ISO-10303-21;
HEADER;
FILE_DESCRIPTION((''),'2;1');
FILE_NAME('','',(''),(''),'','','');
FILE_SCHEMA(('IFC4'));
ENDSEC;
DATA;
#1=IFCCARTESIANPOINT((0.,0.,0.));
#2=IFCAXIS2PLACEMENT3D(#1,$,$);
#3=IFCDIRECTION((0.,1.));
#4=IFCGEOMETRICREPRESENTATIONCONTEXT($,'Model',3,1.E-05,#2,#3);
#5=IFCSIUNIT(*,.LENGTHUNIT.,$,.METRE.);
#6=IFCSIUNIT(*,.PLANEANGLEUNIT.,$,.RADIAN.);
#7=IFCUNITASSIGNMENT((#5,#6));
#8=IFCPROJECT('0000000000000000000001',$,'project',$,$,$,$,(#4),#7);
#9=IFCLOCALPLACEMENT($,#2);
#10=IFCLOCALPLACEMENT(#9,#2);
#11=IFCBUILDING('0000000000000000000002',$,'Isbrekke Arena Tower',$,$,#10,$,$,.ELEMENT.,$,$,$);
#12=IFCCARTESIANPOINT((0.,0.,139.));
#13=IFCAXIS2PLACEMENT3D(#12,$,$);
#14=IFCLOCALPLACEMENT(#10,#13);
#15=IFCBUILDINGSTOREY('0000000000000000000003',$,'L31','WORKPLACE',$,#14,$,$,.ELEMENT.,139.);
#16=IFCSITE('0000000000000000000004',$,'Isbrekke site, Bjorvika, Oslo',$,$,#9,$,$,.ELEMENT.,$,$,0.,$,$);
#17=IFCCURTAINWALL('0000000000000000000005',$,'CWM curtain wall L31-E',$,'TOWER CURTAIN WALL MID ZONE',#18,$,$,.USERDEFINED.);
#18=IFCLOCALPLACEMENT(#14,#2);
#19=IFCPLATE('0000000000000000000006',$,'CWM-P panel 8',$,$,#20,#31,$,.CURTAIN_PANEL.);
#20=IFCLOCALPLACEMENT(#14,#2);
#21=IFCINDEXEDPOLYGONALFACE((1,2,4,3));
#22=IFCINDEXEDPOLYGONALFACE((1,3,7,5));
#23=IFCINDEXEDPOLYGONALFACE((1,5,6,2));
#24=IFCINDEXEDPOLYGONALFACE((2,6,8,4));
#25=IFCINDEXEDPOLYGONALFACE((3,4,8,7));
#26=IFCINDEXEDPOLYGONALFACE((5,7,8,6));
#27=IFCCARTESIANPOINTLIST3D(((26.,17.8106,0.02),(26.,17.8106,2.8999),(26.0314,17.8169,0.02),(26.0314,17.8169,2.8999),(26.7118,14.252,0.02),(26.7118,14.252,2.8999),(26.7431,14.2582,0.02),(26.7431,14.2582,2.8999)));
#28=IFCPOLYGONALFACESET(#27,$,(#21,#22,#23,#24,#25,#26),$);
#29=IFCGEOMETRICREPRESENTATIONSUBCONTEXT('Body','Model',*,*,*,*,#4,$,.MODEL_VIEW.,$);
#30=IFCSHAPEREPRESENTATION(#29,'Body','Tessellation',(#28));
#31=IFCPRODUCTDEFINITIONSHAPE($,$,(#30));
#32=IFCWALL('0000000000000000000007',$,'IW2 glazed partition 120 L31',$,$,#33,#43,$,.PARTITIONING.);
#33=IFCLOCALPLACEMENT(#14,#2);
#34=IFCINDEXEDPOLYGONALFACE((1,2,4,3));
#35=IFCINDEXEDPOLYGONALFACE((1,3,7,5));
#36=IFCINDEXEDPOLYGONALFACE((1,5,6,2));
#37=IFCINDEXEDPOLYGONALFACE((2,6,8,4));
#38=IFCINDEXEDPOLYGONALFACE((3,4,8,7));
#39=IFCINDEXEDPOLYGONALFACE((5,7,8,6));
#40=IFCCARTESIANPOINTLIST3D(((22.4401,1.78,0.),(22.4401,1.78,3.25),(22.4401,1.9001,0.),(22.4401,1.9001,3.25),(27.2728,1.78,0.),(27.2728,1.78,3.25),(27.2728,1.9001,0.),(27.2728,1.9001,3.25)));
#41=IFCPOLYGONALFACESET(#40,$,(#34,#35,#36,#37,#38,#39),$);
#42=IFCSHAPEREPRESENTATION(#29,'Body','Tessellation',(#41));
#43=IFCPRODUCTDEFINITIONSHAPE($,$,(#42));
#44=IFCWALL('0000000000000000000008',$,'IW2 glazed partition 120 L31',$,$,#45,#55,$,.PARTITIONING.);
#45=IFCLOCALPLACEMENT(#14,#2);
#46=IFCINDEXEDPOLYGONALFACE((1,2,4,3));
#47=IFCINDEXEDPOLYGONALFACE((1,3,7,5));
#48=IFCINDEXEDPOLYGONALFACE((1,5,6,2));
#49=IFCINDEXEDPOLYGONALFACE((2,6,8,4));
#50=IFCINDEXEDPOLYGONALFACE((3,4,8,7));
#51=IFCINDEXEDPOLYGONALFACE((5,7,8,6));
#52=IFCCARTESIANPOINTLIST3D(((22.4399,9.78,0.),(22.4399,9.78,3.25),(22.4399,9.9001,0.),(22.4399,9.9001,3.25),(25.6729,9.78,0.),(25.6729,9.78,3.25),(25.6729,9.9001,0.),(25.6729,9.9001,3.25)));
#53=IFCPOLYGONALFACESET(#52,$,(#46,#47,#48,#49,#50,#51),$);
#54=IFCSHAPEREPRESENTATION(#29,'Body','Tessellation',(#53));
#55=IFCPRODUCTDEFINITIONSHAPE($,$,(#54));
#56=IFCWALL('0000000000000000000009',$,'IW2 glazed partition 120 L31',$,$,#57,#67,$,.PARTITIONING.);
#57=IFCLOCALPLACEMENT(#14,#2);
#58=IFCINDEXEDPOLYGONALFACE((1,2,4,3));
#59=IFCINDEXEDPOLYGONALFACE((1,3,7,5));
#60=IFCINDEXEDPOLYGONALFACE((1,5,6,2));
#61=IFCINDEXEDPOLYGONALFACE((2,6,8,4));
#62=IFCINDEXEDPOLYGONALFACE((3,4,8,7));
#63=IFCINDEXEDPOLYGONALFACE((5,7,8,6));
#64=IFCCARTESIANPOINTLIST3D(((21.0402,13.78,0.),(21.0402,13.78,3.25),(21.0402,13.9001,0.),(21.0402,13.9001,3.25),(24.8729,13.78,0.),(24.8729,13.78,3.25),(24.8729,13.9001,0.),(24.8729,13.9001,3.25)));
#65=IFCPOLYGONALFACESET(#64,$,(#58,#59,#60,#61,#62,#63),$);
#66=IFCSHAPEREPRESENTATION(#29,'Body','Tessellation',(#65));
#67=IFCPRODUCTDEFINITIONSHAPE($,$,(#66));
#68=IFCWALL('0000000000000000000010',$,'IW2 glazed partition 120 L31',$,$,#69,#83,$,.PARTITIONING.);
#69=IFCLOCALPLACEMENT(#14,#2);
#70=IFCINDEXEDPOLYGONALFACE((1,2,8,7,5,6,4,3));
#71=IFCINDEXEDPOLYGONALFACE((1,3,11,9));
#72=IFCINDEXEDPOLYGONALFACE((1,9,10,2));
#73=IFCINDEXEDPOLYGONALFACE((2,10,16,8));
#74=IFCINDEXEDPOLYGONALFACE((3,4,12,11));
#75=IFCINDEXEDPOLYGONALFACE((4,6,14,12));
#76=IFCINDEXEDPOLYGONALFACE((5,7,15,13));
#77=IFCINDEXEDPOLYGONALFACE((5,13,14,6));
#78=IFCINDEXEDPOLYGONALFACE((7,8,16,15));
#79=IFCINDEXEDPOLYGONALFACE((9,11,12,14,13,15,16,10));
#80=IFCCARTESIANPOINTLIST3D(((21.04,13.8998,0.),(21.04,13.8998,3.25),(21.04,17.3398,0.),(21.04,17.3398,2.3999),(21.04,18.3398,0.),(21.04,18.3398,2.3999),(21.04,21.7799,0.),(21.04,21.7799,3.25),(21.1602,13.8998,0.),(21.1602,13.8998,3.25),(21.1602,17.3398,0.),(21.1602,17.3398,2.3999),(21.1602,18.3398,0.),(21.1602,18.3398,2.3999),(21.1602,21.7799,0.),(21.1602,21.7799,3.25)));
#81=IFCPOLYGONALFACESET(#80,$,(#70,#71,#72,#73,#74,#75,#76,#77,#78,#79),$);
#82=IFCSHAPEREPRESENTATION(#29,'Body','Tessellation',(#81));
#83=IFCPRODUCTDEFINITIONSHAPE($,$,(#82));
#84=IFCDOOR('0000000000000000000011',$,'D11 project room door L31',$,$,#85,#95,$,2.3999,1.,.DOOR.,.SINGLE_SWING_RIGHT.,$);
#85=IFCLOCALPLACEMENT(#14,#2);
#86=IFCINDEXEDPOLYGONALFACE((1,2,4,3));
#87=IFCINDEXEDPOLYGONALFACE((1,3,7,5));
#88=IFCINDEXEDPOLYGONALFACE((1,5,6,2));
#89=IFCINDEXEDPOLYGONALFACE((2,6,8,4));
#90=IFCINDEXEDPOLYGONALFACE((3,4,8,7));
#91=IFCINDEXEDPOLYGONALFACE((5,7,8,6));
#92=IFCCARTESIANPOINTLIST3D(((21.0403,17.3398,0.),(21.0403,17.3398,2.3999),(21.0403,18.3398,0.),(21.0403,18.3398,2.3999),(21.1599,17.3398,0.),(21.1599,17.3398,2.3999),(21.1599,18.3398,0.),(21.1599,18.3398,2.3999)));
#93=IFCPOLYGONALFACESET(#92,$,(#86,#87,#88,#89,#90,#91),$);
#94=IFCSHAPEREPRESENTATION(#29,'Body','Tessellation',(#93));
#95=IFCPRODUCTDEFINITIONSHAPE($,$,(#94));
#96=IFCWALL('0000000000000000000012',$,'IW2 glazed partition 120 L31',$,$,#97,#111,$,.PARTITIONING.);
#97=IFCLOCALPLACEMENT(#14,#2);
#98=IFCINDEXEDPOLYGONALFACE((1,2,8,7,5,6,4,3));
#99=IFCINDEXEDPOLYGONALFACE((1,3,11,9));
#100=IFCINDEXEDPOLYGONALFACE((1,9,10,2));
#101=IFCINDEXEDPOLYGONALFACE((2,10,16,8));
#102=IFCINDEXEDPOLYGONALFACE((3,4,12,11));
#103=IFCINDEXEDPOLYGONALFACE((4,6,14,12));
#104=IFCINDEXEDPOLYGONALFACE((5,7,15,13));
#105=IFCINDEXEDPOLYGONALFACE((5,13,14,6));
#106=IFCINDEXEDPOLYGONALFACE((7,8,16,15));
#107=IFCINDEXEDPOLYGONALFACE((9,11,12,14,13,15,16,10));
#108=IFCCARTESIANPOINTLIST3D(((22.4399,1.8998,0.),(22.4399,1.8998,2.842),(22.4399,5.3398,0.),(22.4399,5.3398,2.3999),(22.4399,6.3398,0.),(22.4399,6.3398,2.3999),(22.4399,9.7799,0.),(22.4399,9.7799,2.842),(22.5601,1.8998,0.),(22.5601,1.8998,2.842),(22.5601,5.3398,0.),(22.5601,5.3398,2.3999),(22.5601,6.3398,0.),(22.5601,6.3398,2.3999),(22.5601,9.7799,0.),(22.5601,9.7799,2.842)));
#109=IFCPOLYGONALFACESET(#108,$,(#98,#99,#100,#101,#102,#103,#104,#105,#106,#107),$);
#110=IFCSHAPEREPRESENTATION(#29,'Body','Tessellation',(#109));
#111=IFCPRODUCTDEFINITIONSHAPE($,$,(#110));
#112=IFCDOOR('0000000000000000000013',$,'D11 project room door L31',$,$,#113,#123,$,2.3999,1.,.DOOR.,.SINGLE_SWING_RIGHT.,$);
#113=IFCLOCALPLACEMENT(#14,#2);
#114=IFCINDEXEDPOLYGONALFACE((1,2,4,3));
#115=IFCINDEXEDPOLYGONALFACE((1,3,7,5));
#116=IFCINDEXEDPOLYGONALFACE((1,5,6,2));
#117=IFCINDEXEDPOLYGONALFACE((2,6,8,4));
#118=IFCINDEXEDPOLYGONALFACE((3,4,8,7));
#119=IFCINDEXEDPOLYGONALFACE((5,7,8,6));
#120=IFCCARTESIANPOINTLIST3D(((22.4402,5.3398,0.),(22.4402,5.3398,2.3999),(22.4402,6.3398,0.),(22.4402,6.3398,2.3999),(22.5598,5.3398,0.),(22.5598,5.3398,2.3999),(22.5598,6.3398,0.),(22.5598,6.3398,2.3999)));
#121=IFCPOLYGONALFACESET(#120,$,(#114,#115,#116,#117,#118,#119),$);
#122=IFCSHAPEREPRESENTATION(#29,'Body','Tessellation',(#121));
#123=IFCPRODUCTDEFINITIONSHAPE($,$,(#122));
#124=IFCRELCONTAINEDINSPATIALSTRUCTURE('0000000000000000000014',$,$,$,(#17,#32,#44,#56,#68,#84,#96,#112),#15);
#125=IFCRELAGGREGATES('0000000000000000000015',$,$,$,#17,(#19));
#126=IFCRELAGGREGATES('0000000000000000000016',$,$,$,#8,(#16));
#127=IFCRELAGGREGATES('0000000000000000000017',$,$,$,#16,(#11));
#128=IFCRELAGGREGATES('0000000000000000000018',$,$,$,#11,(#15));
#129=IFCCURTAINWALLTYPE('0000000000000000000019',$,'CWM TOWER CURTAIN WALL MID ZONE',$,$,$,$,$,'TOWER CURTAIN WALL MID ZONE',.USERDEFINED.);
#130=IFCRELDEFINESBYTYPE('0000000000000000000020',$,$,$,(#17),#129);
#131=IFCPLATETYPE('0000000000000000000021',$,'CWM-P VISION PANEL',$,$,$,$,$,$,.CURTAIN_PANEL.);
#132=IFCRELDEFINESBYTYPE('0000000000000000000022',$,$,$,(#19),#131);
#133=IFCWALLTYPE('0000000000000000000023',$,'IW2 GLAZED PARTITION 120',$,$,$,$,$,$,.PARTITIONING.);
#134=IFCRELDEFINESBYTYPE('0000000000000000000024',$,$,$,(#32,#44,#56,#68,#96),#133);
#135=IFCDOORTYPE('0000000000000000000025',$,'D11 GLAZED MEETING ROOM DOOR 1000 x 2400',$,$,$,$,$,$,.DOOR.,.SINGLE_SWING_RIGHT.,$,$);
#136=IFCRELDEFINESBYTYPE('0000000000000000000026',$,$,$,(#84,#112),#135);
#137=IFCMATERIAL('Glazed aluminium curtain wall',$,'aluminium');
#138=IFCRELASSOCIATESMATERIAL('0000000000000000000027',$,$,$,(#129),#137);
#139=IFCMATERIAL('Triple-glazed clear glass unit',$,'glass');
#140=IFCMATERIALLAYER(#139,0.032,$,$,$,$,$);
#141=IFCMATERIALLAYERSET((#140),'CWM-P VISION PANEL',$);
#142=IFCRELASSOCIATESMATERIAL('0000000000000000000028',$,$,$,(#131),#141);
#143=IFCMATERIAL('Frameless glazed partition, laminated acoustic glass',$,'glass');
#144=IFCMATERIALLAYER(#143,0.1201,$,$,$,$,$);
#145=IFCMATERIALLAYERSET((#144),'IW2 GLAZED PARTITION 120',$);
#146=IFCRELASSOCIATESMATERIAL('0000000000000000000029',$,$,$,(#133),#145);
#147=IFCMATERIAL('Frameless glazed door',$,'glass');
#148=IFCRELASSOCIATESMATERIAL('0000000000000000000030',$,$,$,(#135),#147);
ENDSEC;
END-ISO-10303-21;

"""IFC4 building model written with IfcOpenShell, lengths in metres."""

from ifc_helpers import new_model, si_unit, direction, frame, frame_2d, origin, origin_2d, place, context, subcontext, project, spatial, rectangle, extrude, material, layer, layer_set, type_object, element, fill, aggregate, save


model = new_model("IFC4")

# Units and contexts
model_context = context("Model", 3, precision=1e-05, world=origin(), true_north=direction((0.0, 1.0)))
body_context = subcontext(model_context, "Body", "Model", "MODEL_VIEW")
ifc_project = project(units=[si_unit("LENGTHUNIT", "METRE"), si_unit("PLANEANGLEUNIT", "RADIAN")], contexts=[model_context])

# Site, building, storey
site_placement = place(None, origin())
site = spatial("IfcSite", under=ifc_project, at=site_placement, Name="Isbrekke site, Bjorvika, Oslo", CompositionType="ELEMENT", RefElevation=0.0)
building_placement = place(site_placement, origin())
building = spatial("IfcBuilding", under=site, at=building_placement, Name="Isbrekke Arena Tower", CompositionType="ELEMENT")
storey_placement = place(building_placement, frame((0.0, 0.0, 139.0)))
storey = spatial("IfcBuildingStorey", under=building, at=storey_placement, Name="L31", Description="WORKPLACE", CompositionType="ELEMENT", Elevation=139.0)

# Curtain wall
ifc_material_1 = material(Name="Glazed aluminium curtain wall", Category="aluminium")
curtain_wall_type = type_object("IfcCurtainWallType", Name="CWM TOWER CURTAIN WALL MID ZONE", ElementType="TOWER CURTAIN WALL MID ZONE", PredefinedType="USERDEFINED", material=ifc_material_1)
curtain_wall_placement = place(storey_placement, origin())
curtain_wall = element("IfcCurtainWall", 1, at=curtain_wall_placement, inside=storey, type_object=curtain_wall_type, Name="CWM curtain wall L31-E", ObjectType="TOWER CURTAIN WALL MID ZONE", PredefinedType="USERDEFINED")

# Plate
ifc_material_2 = material(Name="Triple-glazed clear glass unit", Category="glass")
ifc_layer_1 = layer(ifc_material_2, 0.032)
ifc_layer_set_1 = layer_set([ifc_layer_1], Name="CWM-P VISION PANEL")
plate_type = type_object("IfcPlateType", Name="CWM-P VISION PANEL", PredefinedType="CURTAIN_PANEL", material=ifc_layer_set_1)
plate_1_placement = place(storey_placement, frame((26.3716, 16.0344, 0.02), z_axis=(0.0, 0.0, 1.0), x_axis=(-0.196116, 0.980581, 0.0)))
plate_1 = element("IfcPlate", 2, at=plate_1_placement, type_object=plate_type, Name="CWM-P panel 8", PredefinedType="CURTAIN_PANEL", context=body_context, shape_type="SweptSolid", body=[
    extrude(rectangle(XDim=3.6292, YDim=0.032, at=origin_2d()), origin(), (0.0, 0.0, 1.0), 2.8799),
])
aggregate(curtain_wall, [plate_1])

# Walls
ifc_material_3 = material(Name="Frameless glazed partition, laminated acoustic glass", Category="glass")
ifc_layer_2 = layer(ifc_material_3, 0.1201)
ifc_layer_set_2 = layer_set([ifc_layer_2], Name="IW2 GLAZED PARTITION 120")
wall_type = type_object("IfcWallType", Name="IW2 GLAZED PARTITION 120", PredefinedType="PARTITIONING", material=ifc_layer_set_2)
wall_1_placement = place(storey_placement, frame((22.4399, 1.8401, 0.0), z_axis=(0.0, 0.0, 1.0), x_axis=(1.0, 0.0, 0.0)))
element("IfcWall", 3, at=wall_1_placement, inside=storey, type_object=wall_type, Name="IW2 glazed partition 120 L31", PredefinedType="PARTITIONING", context=body_context, shape_type="SweptSolid", body=[
    extrude(rectangle(XDim=4.8328, YDim=0.1201, at=frame_2d((2.4165, 0.0))), origin(), (0.0, 0.0, 1.0), 3.25),
])
wall_2_placement = place(storey_placement, frame((22.4399, 9.8401, 0.0), z_axis=(0.0, 0.0, 1.0), x_axis=(1.0, 0.0, 0.0)))
element("IfcWall", 4, at=wall_2_placement, inside=storey, type_object=wall_type, Name="IW2 glazed partition 120 L31", PredefinedType="PARTITIONING", context=body_context, shape_type="SweptSolid", body=[
    extrude(rectangle(XDim=3.2329, YDim=0.1201, at=frame_2d((1.6165, 0.0))), origin(), (0.0, 0.0, 1.0), 3.25),
])
wall_3_placement = place(storey_placement, frame((21.04, 13.8401, 0.0), z_axis=(0.0, 0.0, 1.0), x_axis=(1.0, 0.0, 0.0)))
element("IfcWall", 5, at=wall_3_placement, inside=storey, type_object=wall_type, Name="IW2 glazed partition 120 L31", PredefinedType="PARTITIONING", context=body_context, shape_type="SweptSolid", body=[
    extrude(rectangle(XDim=3.8328, YDim=0.1201, at=frame_2d((1.9165, 0.0))), origin(), (0.0, 0.0, 1.0), 3.25),
])

# Walls, openings, doors
wall_4_placement = place(storey_placement, frame((21.1001, 13.8999, 0.0), z_axis=(0.0, 0.0, 1.0), x_axis=(0.0, 1.0, 0.0)))
wall_4 = element("IfcWall", 6, at=wall_4_placement, inside=storey, type_object=wall_type, Name="IW2 glazed partition 120 L31", PredefinedType="PARTITIONING", context=body_context, shape_type="SweptSolid", body=[
    extrude(rectangle(XDim=7.8801, YDim=0.1201, at=frame_2d((3.9399, 0.0))), origin(), (0.0, 0.0, 1.0), 3.25),
])
opening_1_placement = place(wall_4_placement, frame((3.4399, 0.0, 0.0)))
opening_1 = element("IfcOpeningElement", 7, at=opening_1_placement, cuts=wall_4, PredefinedType="OPENING", context=body_context, shape_type="SweptSolid", body=[
    extrude(rectangle(XDim=1.0, YDim=2.3999, at=frame_2d((0.5, 1.2))), frame((0.0, 0.075, 0.0), z_axis=(0.0, -1.0, 0.0), x_axis=(1.0, 0.0, 0.0)), (0.0, 0.0, 1.0), 0.1499),
])
ifc_material_4 = material(Name="Frameless glazed door", Category="glass")
door_type = type_object("IfcDoorType", Name="D11 GLAZED MEETING ROOM DOOR 1000 x 2400", OperationType="SINGLE_SWING_RIGHT", PredefinedType="DOOR", material=ifc_material_4)
door_1_placement = place(opening_1_placement, origin())
door_1 = element("IfcDoor", 8, at=door_1_placement, inside=storey, type_object=door_type, Name="D11 project room door L31", OperationType="SINGLE_SWING_RIGHT", OverallHeight=2.3999, OverallWidth=1.0, PredefinedType="DOOR", context=body_context, shape_type="SweptSolid", body=[
    extrude(rectangle(XDim=1.0, YDim=2.3999, at=frame_2d((0.5, 1.2))), frame((0.0, 0.0598, 0.0), z_axis=(0.0, -1.0, 0.0), x_axis=(1.0, 0.0, 0.0)), (0.0, 0.0, 1.0), 0.1196),
])
fill(opening_1, door_1)
wall_5_placement = place(storey_placement, frame((22.5, 1.8999, 0.0), z_axis=(0.0, 0.0, 1.0), x_axis=(0.0, 1.0, 0.0)))
wall_5 = element("IfcWall", 9, at=wall_5_placement, inside=storey, type_object=wall_type, Name="IW2 glazed partition 120 L31", PredefinedType="PARTITIONING", context=body_context, shape_type="SweptSolid", body=[
    extrude(rectangle(XDim=7.8801, YDim=0.1201, at=frame_2d((3.9399, 0.0))), origin(), (0.0, 0.0, 1.0), 2.842),
])
opening_2_placement = place(wall_5_placement, frame((3.4399, 0.0, 0.0)))
opening_2 = element("IfcOpeningElement", 10, at=opening_2_placement, cuts=wall_5, PredefinedType="OPENING", context=body_context, shape_type="SweptSolid", body=[
    extrude(rectangle(XDim=1.0, YDim=2.3999, at=frame_2d((0.5, 1.2))), frame((0.0, 0.075, 0.0), z_axis=(0.0, -1.0, 0.0), x_axis=(1.0, 0.0, 0.0)), (0.0, 0.0, 1.0), 0.1499),
])
door_2_placement = place(opening_2_placement, origin())
door_2 = element("IfcDoor", 11, at=door_2_placement, inside=storey, type_object=door_type, Name="D11 project room door L31", OperationType="SINGLE_SWING_RIGHT", OverallHeight=2.3999, OverallWidth=1.0, PredefinedType="DOOR", context=body_context, shape_type="SweptSolid", body=[
    extrude(rectangle(XDim=1.0, YDim=2.3999, at=frame_2d((0.5, 1.2))), frame((0.0, 0.0598, 0.0), z_axis=(0.0, -1.0, 0.0), x_axis=(1.0, 0.0, 0.0)), (0.0, 0.0, 1.0), 0.1196),
])
fill(opening_2, door_2)

save(model, "model.ifc")
